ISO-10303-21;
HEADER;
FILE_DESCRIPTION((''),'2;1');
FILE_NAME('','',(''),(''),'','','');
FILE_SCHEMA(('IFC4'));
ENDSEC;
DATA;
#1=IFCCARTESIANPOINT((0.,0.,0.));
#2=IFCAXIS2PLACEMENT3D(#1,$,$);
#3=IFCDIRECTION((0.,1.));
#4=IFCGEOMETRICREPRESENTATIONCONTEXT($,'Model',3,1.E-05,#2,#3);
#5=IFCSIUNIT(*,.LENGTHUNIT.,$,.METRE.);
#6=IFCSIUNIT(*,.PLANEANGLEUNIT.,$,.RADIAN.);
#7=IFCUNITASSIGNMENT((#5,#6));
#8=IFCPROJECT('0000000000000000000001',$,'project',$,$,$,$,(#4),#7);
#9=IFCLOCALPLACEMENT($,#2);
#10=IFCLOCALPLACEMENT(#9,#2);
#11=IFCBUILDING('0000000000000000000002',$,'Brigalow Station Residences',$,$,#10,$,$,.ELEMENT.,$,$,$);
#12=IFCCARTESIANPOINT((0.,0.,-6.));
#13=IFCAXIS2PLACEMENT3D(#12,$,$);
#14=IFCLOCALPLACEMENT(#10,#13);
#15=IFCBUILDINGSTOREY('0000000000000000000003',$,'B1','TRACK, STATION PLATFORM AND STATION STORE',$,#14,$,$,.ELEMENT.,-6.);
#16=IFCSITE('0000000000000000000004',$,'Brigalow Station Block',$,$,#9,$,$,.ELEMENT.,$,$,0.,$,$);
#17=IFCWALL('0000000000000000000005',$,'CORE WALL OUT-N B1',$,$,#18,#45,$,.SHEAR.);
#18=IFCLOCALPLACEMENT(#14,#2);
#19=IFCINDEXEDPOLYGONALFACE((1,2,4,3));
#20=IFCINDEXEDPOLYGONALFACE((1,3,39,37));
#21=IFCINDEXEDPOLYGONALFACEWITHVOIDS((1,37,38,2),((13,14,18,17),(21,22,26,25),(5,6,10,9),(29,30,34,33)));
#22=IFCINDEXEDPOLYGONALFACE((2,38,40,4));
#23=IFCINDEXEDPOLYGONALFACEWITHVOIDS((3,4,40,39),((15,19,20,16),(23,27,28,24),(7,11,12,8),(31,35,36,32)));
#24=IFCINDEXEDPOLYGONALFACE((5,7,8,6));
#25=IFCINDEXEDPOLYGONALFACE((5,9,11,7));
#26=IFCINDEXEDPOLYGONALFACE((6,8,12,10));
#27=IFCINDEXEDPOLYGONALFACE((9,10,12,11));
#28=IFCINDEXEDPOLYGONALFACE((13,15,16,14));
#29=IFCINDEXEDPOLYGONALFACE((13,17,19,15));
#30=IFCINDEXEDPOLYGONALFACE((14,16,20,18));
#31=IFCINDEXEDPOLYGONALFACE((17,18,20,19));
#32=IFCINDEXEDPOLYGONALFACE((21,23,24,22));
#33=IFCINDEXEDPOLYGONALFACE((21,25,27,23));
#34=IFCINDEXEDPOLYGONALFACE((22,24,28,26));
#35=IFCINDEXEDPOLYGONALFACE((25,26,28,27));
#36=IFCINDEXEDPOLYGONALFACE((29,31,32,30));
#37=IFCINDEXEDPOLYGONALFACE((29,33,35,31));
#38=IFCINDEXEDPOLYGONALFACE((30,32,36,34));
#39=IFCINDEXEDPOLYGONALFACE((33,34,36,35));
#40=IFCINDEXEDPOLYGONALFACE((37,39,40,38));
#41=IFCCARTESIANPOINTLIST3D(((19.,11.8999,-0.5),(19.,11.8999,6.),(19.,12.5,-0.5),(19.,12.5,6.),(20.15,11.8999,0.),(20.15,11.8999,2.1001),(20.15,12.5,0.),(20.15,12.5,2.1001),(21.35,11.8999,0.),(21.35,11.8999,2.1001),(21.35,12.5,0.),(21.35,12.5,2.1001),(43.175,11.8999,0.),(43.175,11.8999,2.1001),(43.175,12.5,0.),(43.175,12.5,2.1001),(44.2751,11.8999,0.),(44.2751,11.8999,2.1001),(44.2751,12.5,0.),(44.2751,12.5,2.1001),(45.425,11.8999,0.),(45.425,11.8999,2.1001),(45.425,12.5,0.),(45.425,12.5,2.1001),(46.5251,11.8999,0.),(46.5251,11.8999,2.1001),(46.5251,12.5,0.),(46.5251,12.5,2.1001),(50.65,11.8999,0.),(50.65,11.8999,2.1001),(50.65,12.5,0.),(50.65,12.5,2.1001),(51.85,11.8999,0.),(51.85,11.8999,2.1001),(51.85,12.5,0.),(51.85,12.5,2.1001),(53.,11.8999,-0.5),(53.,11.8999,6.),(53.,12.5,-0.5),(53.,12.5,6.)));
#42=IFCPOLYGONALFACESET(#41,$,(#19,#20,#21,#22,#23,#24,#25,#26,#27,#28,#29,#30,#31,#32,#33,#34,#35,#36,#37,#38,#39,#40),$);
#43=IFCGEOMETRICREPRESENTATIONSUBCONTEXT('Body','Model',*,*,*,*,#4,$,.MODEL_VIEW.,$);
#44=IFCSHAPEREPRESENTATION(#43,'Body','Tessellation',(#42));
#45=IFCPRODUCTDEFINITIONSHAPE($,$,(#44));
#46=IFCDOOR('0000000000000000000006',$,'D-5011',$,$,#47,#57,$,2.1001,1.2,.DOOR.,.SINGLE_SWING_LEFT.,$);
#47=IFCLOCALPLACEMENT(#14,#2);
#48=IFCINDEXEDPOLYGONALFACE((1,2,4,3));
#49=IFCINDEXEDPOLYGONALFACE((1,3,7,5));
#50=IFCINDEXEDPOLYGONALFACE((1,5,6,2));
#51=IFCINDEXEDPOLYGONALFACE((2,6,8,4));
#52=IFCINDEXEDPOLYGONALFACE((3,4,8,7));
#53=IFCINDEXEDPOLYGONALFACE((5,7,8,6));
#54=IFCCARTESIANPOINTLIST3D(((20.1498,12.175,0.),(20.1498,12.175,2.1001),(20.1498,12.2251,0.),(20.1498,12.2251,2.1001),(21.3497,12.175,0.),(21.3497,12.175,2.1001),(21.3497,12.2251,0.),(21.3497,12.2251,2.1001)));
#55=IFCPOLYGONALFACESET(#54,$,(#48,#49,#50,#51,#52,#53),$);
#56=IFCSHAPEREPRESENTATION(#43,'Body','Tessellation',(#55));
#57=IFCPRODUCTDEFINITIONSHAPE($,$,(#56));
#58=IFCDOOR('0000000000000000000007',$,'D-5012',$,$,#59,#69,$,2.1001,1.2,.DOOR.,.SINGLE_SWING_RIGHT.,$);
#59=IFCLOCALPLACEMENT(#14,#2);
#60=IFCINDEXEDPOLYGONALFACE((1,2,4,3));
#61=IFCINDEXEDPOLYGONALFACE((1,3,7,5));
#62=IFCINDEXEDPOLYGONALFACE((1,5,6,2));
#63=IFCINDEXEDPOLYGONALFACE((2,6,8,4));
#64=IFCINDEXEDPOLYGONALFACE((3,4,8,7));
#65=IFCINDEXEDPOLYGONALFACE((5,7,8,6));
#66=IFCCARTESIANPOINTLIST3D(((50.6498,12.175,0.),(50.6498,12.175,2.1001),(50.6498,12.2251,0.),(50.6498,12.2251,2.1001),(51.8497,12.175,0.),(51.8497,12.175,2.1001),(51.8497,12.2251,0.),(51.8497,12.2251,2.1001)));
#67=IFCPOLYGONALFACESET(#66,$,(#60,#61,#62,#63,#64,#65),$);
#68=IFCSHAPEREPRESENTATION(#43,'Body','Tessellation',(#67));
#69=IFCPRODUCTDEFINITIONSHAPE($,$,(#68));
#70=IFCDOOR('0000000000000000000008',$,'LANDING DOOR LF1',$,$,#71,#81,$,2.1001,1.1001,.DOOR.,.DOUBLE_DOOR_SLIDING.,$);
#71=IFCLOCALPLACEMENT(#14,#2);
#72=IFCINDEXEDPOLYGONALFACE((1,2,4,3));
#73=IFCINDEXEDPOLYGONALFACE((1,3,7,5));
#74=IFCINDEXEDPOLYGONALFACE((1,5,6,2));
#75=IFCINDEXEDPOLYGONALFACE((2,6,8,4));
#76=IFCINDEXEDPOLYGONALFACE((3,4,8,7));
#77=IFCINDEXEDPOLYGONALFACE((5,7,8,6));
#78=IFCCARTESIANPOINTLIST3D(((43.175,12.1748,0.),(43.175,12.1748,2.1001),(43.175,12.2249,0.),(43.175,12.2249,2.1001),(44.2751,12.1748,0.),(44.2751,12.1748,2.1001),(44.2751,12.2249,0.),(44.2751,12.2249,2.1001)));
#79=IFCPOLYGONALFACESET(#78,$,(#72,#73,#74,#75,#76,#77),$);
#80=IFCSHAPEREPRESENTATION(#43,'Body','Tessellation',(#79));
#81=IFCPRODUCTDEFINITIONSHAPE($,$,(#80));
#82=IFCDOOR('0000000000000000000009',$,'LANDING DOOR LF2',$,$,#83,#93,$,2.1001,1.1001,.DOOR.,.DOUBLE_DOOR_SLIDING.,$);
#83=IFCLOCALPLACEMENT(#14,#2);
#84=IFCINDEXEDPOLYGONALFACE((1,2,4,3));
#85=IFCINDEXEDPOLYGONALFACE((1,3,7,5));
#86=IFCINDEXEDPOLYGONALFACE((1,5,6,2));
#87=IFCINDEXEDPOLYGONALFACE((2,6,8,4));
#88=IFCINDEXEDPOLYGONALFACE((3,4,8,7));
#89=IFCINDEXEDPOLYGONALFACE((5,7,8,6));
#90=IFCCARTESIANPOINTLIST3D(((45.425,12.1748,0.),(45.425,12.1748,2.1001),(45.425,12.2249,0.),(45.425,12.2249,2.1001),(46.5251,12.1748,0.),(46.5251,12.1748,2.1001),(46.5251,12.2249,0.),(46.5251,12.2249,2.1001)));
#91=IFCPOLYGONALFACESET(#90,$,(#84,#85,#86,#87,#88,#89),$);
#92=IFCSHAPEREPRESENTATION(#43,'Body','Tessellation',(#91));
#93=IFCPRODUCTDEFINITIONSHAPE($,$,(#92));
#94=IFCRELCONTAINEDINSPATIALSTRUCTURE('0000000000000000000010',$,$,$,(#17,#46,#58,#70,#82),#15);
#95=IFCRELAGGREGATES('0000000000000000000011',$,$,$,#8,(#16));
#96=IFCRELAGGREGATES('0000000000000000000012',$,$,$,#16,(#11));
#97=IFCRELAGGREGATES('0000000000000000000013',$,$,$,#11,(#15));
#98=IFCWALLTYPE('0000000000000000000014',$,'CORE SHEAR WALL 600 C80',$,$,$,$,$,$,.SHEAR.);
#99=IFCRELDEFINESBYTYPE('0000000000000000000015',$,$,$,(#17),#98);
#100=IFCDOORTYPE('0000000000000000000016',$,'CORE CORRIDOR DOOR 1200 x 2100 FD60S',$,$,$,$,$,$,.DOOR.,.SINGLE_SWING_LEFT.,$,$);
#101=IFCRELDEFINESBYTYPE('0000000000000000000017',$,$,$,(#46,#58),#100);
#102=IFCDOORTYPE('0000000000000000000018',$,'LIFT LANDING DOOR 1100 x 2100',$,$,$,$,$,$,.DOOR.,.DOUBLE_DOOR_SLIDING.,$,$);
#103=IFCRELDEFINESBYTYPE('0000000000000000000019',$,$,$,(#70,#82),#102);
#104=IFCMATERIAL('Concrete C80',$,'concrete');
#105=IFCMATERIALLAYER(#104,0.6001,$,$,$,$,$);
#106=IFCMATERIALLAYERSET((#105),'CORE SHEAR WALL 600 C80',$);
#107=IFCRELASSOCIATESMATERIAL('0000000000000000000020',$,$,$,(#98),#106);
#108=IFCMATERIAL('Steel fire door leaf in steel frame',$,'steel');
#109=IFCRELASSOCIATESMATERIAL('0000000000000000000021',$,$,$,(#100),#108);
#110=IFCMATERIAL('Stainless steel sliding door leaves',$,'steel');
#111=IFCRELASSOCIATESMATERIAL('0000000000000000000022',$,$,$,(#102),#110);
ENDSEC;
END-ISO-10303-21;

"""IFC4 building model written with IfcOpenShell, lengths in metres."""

from ifc_helpers import new_model, si_unit, direction, frame, frame_2d, origin, place, context, subcontext, project, spatial, rectangle, extrude, material, layer, layer_set, type_object, element, fill, save


model = new_model("IFC4")

# Units and contexts
model_context = context("Model", 3, precision=1e-05, world=origin(), true_north=direction((0.0, 1.0)))
body_context = subcontext(model_context, "Body", "Model", "MODEL_VIEW")
ifc_project = project(units=[si_unit("LENGTHUNIT", "METRE"), si_unit("PLANEANGLEUNIT", "RADIAN")], contexts=[model_context])

# Site, building, storey
site_placement = place(None, origin())
site = spatial("IfcSite", under=ifc_project, at=site_placement, Name="Brigalow Station Block", CompositionType="ELEMENT", RefElevation=0.0)
building_placement = place(site_placement, origin())
building = spatial("IfcBuilding", under=site, at=building_placement, Name="Brigalow Station Residences", CompositionType="ELEMENT")
storey_placement = place(building_placement, frame((0.0, 0.0, -6.0)))
storey = spatial("IfcBuildingStorey", under=building, at=storey_placement, Name="B1", Description="TRACK, STATION PLATFORM AND STATION STORE", CompositionType="ELEMENT", Elevation=-6.0)

# Wall, openings, doors
ifc_material_1 = material(Name="Concrete C80", Category="concrete")
ifc_layer_1 = layer(ifc_material_1, 0.6001)
ifc_layer_set_1 = layer_set([ifc_layer_1], Name="CORE SHEAR WALL 600 C80")
wall_type_1 = type_object("IfcWallType", Name="CORE SHEAR WALL 600 C80", PredefinedType="SHEAR", material=ifc_layer_set_1)
wall_placement = place(storey_placement, frame((19.0, 12.2, -0.5), z_axis=(0.0, 0.0, 1.0), x_axis=(1.0, 0.0, 0.0)))
wall = element("IfcWall", 1, at=wall_placement, inside=storey, type_object=wall_type_1, Name="CORE WALL OUT-N B1", PredefinedType="SHEAR", context=body_context, shape_type="SweptSolid", body=[
    extrude(rectangle(XDim=34.0, YDim=0.6001, at=frame_2d((17.0, 0.0))), origin(), (0.0, 0.0, 1.0), 6.5),
])
opening_1_placement = place(wall_placement, frame((24.175, 0.0, 0.5)))
opening_1 = element("IfcOpeningElement", 2, at=opening_1_placement, cuts=wall, PredefinedType="OPENING", context=body_context, shape_type="SweptSolid", body=[
    extrude(rectangle(XDim=1.1001, YDim=2.1001, at=frame_2d((0.55, 1.05))), frame((0.0, 0.3101, 0.0), z_axis=(0.0, -1.0, 0.0), x_axis=(1.0, 0.0, 0.0)), (0.0, 0.0, 1.0), 0.6201),
])
opening_2_placement = place(wall_placement, frame((26.425, 0.0, 0.5)))
opening_2 = element("IfcOpeningElement", 3, at=opening_2_placement, cuts=wall, PredefinedType="OPENING", context=body_context, shape_type="SweptSolid", body=[
    extrude(rectangle(XDim=1.1001, YDim=2.1001, at=frame_2d((0.55, 1.05))), frame((0.0, 0.3101, 0.0), z_axis=(0.0, -1.0, 0.0), x_axis=(1.0, 0.0, 0.0)), (0.0, 0.0, 1.0), 0.6201),
])
opening_3_placement = place(wall_placement, frame((1.1499, 0.0, 0.5)))
opening_3 = element("IfcOpeningElement", 4, at=opening_3_placement, cuts=wall, PredefinedType="OPENING", context=body_context, shape_type="SweptSolid", body=[
    extrude(rectangle(XDim=1.2, YDim=2.1001, at=frame_2d((0.6001, 1.05))), frame((0.0, 0.3101, 0.0), z_axis=(0.0, -1.0, 0.0), x_axis=(1.0, 0.0, 0.0)), (0.0, 0.0, 1.0), 0.6201),
])
opening_4_placement = place(wall_placement, frame((31.6499, 0.0, 0.5)))
opening_4 = element("IfcOpeningElement", 5, at=opening_4_placement, cuts=wall, PredefinedType="OPENING", context=body_context, shape_type="SweptSolid", body=[
    extrude(rectangle(XDim=1.2, YDim=2.1001, at=frame_2d((0.6001, 1.05))), frame((0.0, 0.3101, 0.0), z_axis=(0.0, -1.0, 0.0), x_axis=(1.0, 0.0, 0.0)), (0.0, 0.0, 1.0), 0.6201),
])
ifc_material_2 = material(Name="Steel fire door leaf in steel frame", Category="steel")
door_type_1 = type_object("IfcDoorType", Name="CORE CORRIDOR DOOR 1200 x 2100 FD60S", OperationType="SINGLE_SWING_LEFT", PredefinedType="DOOR", material=ifc_material_2)
door_1_placement = place(opening_3_placement, frame((1.2, 0.0, 0.0), z_axis=(0.0, 0.0, 1.0), x_axis=(-1.0, 0.0, 0.0)))
door_1 = element("IfcDoor", 6, at=door_1_placement, inside=storey, type_object=door_type_1, Name="D-5011", OperationType="SINGLE_SWING_LEFT", OverallHeight=2.1001, OverallWidth=1.2, PredefinedType="DOOR", context=body_context, shape_type="SweptSolid", body=[
    extrude(rectangle(XDim=1.2, YDim=2.1001, at=frame_2d((0.6001, 1.05))), frame((0.0, 0.0249, 0.0), z_axis=(0.0, -1.0, 0.0), x_axis=(1.0, 0.0, 0.0)), (0.0, 0.0, 1.0), 0.05),
])
fill(opening_3, door_1)
door_2_placement = place(opening_4_placement, frame((1.2, 0.0, 0.0), z_axis=(0.0, 0.0, 1.0), x_axis=(-1.0, 0.0, 0.0)))
door_2 = element("IfcDoor", 7, at=door_2_placement, inside=storey, type_object=door_type_1, Name="D-5012", OperationType="SINGLE_SWING_RIGHT", OverallHeight=2.1001, OverallWidth=1.2, PredefinedType="DOOR", context=body_context, shape_type="SweptSolid", body=[
    extrude(rectangle(XDim=1.2, YDim=2.1001, at=frame_2d((0.6001, 1.05))), frame((0.0, 0.0249, 0.0), z_axis=(0.0, -1.0, 0.0), x_axis=(1.0, 0.0, 0.0)), (0.0, 0.0, 1.0), 0.05),
])
fill(opening_4, door_2)
ifc_material_3 = material(Name="Stainless steel sliding door leaves", Category="steel")
door_type_2 = type_object("IfcDoorType", Name="LIFT LANDING DOOR 1100 x 2100", OperationType="DOUBLE_DOOR_SLIDING", PredefinedType="DOOR", material=ifc_material_3)
door_3_placement = place(opening_1_placement, origin())
door_3 = element("IfcDoor", 8, at=door_3_placement, inside=storey, type_object=door_type_2, Name="LANDING DOOR LF1", OperationType="DOUBLE_DOOR_SLIDING", OverallHeight=2.1001, OverallWidth=1.1001, PredefinedType="DOOR", context=body_context, shape_type="SweptSolid", body=[
    extrude(rectangle(XDim=1.1001, YDim=2.1001, at=frame_2d((0.55, 1.05))), frame((0.0, 0.0249, 0.0), z_axis=(0.0, -1.0, 0.0), x_axis=(1.0, 0.0, 0.0)), (0.0, 0.0, 1.0), 0.05),
])
fill(opening_1, door_3)
door_4_placement = place(opening_2_placement, origin())
door_4 = element("IfcDoor", 9, at=door_4_placement, inside=storey, type_object=door_type_2, Name="LANDING DOOR LF2", OperationType="DOUBLE_DOOR_SLIDING", OverallHeight=2.1001, OverallWidth=1.1001, PredefinedType="DOOR", context=body_context, shape_type="SweptSolid", body=[
    extrude(rectangle(XDim=1.1001, YDim=2.1001, at=frame_2d((0.55, 1.05))), frame((0.0, 0.0249, 0.0), z_axis=(0.0, -1.0, 0.0), x_axis=(1.0, 0.0, 0.0)), (0.0, 0.0, 1.0), 0.05),
])
fill(opening_2, door_4)

save(model, "model.ifc")
